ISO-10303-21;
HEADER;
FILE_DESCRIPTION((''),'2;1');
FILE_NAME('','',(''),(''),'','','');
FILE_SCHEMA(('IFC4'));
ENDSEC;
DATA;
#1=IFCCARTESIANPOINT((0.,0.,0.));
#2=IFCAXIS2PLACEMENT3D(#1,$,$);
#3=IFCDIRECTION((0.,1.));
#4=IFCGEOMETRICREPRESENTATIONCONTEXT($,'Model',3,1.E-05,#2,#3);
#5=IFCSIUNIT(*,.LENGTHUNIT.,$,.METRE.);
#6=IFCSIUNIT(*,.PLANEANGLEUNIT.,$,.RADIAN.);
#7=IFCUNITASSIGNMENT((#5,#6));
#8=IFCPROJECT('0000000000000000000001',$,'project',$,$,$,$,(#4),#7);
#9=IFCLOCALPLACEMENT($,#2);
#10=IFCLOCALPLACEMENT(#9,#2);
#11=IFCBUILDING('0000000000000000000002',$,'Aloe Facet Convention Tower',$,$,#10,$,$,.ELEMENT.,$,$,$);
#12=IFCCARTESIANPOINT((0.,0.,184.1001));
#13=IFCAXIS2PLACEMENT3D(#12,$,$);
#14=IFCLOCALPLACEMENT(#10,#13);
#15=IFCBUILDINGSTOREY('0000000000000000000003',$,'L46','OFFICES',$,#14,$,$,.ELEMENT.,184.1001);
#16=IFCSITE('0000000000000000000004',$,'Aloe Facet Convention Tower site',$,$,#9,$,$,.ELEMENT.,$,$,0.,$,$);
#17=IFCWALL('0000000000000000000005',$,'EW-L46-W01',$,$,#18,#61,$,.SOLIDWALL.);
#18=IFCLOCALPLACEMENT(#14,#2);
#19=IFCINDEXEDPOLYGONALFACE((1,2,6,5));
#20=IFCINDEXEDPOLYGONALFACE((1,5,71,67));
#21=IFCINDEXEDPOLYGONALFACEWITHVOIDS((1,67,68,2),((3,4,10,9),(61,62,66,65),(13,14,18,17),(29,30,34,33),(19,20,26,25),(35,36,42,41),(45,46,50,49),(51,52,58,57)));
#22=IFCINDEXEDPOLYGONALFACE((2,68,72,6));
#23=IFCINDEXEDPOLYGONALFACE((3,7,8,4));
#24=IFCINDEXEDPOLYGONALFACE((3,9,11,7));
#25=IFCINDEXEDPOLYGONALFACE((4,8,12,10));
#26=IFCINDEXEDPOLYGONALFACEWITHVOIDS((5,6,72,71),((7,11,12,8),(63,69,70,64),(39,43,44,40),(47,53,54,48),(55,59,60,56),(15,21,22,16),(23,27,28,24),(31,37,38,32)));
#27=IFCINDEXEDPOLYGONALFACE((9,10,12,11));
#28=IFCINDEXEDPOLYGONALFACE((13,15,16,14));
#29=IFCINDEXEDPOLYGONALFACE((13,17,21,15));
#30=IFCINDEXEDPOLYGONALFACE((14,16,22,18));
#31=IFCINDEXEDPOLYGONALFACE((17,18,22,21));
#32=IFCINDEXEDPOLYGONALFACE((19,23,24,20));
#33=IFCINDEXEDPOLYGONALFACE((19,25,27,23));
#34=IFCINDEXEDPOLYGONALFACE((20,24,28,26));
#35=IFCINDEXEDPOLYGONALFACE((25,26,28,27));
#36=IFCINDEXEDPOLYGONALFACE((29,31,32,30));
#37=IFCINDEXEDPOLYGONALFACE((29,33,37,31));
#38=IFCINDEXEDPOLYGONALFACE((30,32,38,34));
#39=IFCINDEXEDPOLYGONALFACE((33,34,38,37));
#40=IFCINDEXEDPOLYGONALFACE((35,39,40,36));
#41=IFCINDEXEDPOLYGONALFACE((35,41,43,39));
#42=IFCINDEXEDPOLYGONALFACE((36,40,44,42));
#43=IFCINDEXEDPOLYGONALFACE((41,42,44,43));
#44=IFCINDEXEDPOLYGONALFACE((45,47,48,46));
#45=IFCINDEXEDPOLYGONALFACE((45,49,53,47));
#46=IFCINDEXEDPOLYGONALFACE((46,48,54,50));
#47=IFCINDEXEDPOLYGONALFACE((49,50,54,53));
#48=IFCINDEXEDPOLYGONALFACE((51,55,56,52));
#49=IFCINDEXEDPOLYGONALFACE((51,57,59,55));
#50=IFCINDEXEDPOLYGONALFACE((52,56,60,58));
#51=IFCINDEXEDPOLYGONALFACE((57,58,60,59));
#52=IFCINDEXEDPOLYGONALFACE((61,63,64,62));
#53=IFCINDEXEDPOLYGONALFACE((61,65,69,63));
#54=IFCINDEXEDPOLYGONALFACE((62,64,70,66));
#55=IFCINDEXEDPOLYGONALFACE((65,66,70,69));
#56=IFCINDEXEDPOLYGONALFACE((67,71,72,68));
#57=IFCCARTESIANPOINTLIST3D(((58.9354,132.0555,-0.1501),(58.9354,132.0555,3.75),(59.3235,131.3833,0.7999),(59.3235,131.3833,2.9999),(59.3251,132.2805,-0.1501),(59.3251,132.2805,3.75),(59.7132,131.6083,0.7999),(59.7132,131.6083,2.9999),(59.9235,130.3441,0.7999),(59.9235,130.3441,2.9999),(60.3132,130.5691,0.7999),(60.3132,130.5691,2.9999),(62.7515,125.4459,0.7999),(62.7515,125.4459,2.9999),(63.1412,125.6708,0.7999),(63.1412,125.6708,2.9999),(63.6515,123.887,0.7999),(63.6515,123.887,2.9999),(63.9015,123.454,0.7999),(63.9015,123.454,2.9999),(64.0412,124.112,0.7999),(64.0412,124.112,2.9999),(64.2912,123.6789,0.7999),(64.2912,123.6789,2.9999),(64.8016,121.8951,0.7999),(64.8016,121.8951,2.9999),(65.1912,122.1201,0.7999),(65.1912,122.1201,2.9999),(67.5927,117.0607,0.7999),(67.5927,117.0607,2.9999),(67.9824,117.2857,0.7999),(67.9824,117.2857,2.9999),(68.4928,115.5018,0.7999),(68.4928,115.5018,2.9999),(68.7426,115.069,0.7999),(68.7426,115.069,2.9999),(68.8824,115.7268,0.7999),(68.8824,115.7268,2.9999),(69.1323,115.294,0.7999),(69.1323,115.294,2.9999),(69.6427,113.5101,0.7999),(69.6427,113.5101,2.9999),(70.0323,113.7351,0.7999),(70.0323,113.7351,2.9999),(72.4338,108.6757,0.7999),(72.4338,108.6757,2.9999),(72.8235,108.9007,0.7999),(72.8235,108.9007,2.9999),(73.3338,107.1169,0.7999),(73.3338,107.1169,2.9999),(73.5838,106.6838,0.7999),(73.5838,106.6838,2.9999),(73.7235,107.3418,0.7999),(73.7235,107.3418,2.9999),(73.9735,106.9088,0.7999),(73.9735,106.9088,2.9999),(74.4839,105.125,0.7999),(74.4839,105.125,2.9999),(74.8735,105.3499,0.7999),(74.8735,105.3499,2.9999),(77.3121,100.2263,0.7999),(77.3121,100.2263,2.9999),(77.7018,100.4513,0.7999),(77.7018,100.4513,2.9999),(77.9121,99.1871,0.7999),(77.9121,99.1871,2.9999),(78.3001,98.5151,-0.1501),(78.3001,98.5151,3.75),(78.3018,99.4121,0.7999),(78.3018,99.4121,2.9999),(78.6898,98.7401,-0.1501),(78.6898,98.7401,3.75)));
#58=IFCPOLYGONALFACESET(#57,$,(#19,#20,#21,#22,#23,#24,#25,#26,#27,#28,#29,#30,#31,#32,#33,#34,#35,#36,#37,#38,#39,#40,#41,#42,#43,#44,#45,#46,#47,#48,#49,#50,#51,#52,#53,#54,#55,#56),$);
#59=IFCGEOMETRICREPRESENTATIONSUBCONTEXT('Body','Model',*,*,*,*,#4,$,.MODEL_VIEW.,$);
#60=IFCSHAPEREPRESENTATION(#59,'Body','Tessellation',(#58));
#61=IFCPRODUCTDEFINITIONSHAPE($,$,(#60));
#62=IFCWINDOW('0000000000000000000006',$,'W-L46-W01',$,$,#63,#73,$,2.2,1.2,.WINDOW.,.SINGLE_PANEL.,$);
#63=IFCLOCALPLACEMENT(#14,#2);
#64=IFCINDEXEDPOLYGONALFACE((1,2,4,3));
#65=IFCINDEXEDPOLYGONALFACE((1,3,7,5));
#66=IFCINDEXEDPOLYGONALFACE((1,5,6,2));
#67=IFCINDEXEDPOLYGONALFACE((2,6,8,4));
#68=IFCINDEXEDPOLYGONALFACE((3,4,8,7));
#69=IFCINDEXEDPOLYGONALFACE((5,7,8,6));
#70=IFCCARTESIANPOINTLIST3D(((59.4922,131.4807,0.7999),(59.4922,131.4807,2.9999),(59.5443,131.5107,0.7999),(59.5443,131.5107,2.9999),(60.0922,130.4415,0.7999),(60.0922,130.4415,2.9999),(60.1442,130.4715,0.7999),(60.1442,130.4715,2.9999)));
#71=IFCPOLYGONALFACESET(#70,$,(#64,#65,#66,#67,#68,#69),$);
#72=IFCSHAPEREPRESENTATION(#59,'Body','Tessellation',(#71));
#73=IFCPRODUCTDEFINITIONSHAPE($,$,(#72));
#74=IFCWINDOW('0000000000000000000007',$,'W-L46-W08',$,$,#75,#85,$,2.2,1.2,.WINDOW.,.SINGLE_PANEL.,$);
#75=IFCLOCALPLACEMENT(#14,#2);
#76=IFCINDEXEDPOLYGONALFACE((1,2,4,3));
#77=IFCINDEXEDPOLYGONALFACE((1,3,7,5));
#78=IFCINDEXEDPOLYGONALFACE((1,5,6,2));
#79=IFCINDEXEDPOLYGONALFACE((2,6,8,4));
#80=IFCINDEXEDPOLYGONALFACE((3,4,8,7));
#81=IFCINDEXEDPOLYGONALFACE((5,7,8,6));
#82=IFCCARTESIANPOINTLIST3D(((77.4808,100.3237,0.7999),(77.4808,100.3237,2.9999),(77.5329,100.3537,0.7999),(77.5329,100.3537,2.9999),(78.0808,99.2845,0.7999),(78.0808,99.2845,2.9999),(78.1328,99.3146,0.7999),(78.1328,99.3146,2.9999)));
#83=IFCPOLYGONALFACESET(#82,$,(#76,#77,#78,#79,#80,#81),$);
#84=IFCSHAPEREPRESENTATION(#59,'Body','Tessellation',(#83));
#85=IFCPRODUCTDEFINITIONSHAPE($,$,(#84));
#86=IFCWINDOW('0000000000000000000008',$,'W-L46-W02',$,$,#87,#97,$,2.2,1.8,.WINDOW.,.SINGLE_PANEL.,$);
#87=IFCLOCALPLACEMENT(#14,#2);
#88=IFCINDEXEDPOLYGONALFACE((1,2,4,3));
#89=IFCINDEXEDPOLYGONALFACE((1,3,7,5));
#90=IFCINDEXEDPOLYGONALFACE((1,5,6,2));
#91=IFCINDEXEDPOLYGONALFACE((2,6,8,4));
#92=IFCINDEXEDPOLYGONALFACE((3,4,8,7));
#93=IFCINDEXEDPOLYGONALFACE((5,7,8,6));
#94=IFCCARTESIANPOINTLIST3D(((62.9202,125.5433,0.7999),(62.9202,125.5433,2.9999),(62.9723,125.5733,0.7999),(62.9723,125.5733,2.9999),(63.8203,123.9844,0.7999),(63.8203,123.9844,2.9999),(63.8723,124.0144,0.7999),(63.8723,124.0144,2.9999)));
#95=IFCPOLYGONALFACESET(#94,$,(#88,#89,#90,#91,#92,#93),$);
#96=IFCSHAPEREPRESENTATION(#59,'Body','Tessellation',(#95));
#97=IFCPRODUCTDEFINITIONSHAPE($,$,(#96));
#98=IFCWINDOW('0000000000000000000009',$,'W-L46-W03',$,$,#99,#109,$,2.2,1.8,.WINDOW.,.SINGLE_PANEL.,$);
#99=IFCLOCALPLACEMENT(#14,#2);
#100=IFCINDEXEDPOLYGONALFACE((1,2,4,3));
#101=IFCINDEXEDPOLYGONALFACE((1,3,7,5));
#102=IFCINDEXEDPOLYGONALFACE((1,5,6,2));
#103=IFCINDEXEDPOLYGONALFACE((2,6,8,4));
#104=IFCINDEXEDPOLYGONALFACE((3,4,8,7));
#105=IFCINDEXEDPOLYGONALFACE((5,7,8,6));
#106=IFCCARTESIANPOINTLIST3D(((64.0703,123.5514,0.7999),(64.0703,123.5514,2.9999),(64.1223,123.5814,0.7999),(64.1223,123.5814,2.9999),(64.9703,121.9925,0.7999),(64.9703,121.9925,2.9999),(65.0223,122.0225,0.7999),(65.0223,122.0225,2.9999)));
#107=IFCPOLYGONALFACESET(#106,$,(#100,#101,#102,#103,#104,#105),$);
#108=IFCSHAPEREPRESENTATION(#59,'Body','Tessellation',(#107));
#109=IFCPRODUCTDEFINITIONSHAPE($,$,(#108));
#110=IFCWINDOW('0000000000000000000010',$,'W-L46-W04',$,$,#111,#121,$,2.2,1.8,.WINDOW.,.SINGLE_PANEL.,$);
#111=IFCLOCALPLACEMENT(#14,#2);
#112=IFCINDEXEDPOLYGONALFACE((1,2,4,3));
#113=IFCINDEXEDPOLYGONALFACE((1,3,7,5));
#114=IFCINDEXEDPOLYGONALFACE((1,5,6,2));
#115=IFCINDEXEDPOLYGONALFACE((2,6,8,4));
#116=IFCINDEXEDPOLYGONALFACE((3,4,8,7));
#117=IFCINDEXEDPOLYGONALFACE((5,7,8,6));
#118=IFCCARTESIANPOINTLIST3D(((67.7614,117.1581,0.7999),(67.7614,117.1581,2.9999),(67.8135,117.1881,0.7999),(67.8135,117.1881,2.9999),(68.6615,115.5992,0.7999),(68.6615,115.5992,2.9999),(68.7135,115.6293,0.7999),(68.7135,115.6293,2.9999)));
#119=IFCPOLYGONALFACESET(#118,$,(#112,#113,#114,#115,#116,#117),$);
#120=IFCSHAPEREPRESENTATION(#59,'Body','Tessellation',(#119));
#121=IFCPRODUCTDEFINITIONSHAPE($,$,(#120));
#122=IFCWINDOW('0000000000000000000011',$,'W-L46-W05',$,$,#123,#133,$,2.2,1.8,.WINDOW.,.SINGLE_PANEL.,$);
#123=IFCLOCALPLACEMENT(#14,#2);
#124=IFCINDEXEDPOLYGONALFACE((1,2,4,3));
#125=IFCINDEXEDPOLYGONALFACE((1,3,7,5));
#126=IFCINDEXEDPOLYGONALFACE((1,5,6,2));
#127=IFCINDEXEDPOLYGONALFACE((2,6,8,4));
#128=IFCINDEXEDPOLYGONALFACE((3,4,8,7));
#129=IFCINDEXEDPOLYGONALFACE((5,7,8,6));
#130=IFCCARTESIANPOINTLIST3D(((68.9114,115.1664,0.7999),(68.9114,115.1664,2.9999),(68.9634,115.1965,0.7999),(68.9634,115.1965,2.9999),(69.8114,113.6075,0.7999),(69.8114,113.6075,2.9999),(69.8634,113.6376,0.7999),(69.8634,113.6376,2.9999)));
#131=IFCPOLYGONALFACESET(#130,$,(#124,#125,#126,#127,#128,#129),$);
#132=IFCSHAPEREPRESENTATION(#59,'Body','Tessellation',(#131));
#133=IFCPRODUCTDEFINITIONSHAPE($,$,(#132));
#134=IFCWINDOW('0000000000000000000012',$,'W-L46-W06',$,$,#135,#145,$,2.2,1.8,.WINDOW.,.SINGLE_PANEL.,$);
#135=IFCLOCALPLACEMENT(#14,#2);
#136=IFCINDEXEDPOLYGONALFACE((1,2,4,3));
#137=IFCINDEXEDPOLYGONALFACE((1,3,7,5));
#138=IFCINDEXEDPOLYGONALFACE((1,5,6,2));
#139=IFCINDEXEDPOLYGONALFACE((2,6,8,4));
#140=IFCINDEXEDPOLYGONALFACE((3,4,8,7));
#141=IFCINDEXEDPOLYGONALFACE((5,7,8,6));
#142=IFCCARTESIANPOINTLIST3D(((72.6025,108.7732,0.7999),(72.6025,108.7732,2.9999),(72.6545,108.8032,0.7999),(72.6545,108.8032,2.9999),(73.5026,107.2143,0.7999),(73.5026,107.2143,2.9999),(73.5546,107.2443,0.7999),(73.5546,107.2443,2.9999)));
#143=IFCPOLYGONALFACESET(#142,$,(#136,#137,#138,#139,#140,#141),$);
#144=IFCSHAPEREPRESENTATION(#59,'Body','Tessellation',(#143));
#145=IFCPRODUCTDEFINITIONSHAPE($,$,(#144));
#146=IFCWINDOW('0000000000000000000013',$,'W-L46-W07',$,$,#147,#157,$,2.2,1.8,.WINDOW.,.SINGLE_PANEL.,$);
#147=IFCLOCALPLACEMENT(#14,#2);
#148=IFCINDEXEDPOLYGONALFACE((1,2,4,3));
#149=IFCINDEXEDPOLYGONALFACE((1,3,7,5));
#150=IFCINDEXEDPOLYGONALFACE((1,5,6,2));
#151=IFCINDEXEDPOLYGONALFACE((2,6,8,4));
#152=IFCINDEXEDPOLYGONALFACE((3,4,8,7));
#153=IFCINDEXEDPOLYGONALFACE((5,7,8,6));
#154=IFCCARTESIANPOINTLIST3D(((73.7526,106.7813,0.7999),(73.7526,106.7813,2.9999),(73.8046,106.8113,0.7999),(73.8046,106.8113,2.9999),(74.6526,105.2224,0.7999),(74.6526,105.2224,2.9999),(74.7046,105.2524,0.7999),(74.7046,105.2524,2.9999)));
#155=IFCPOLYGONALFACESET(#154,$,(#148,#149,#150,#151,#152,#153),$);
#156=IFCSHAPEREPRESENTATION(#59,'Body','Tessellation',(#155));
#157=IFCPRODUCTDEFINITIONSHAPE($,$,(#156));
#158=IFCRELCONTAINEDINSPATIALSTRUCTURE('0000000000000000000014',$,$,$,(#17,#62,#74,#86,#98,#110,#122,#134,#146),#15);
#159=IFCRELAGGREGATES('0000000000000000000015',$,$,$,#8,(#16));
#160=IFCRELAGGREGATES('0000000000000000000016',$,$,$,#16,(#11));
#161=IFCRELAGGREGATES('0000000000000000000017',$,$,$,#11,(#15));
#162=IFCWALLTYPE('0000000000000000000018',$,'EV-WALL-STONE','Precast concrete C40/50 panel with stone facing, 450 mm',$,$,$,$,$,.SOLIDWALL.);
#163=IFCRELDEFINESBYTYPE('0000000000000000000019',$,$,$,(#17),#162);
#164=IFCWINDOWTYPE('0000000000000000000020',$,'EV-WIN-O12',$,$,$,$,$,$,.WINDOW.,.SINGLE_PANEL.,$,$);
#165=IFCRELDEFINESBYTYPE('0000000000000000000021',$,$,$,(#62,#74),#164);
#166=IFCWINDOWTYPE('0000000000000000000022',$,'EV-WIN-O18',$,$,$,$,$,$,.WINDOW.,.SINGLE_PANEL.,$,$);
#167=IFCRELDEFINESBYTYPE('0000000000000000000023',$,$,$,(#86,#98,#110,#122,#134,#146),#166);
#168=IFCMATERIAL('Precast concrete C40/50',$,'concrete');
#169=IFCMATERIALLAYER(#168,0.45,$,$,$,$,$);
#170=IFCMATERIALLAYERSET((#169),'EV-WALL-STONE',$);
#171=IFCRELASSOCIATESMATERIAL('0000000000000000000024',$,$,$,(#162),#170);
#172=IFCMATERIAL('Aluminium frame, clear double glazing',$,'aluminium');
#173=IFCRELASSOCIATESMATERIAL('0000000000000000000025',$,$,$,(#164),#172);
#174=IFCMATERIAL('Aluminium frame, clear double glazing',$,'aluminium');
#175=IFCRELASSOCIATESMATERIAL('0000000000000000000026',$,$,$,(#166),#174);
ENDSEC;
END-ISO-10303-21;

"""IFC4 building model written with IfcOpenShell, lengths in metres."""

from ifc_helpers import new_model, si_unit, direction, frame, frame_2d, origin, place, context, subcontext, project, spatial, polyline, rectangle, outline, extrude, material, layer, layer_set, type_object, element, fill, save


model = new_model("IFC4")

# Units and contexts
model_context = context("Model", 3, precision=1e-05, world=origin(), true_north=direction((0.0, 1.0)))
body_context = subcontext(model_context, "Body", "Model", "MODEL_VIEW")
ifc_project = project(units=[si_unit("LENGTHUNIT", "METRE"), si_unit("PLANEANGLEUNIT", "RADIAN")], contexts=[model_context])

# Site, building, storey
site_placement = place(None, origin())
site = spatial("IfcSite", under=ifc_project, at=site_placement, Name="Aloe Facet Convention Tower site", CompositionType="ELEMENT", RefElevation=0.0)
building_placement = place(site_placement, origin())
building = spatial("IfcBuilding", under=site, at=building_placement, Name="Aloe Facet Convention Tower", CompositionType="ELEMENT")
storey_placement = place(building_placement, frame((0.0, 0.0, 184.1001)))
storey = spatial("IfcBuildingStorey", under=building, at=storey_placement, Name="L46", Description="OFFICES", CompositionType="ELEMENT", Elevation=184.1001)

# Wall, openings, windows
ifc_material_1 = material(Name="Precast concrete C40/50", Category="concrete")
ifc_layer_1 = layer(ifc_material_1, 0.45)
ifc_layer_set_1 = layer_set([ifc_layer_1], Name="EV-WALL-STONE")
wall_type_1 = type_object("IfcWallType", Name="EV-WALL-STONE", Description="Precast concrete C40/50 panel with stone facing, 450 mm", PredefinedType="SOLIDWALL", material=ifc_layer_set_1)
wall_1_placement = place(storey_placement, frame((59.1301, 132.168, -0.1501), z_axis=(0.0, 0.0, 1.0), x_axis=(0.500002, -0.866024, 0.0)))
wall_1 = element("IfcWall", 1, at=wall_1_placement, inside=storey, type_object=wall_type_1, Name="EW-L46-W01", PredefinedType="SOLIDWALL", context=body_context, shape_type="SweptSolid", body=[
    extrude(outline(polyline([(38.7292, 0.0), (38.7292, 3.9001), (0.0, 3.9001), (0.0, 0.0), (38.7292, 0.0)])), frame((0.0, 0.2251, 0.0), z_axis=(0.0, -1.0, 0.0), x_axis=(1.0, 0.0, 0.0)), (0.0, 0.0, 1.0), 0.45),
])
opening_1_placement = place(wall_1_placement, frame((0.7761, 0.0, 0.95)))
opening_1 = element("IfcOpeningElement", 2, at=opening_1_placement, cuts=wall_1, PredefinedType="OPENING", context=body_context, shape_type="SweptSolid", body=[
    extrude(rectangle(XDim=1.2, YDim=2.2, at=frame_2d((0.6001, 1.1001))), frame((0.0, 0.2349, 0.0), z_axis=(0.0, -1.0, 0.0), x_axis=(1.0, 0.0, 0.0)), (0.0, 0.0, 1.0), 0.47),
])
opening_2_placement = place(wall_1_placement, frame((7.6323, 0.0, 0.95)))
opening_2 = element("IfcOpeningElement", 3, at=opening_2_placement, cuts=wall_1, PredefinedType="OPENING", context=body_context, shape_type="SweptSolid", body=[
    extrude(rectangle(XDim=1.8, YDim=2.2, at=frame_2d((0.8999, 1.1001))), frame((0.0, 0.2349, 0.0), z_axis=(0.0, -1.0, 0.0), x_axis=(1.0, 0.0, 0.0)), (0.0, 0.0, 1.0), 0.47),
])
opening_3_placement = place(wall_1_placement, frame((9.9324, 0.0, 0.95)))
opening_3 = element("IfcOpeningElement", 4, at=opening_3_placement, cuts=wall_1, PredefinedType="OPENING", context=body_context, shape_type="SweptSolid", body=[
    extrude(rectangle(XDim=1.8, YDim=2.2, at=frame_2d((0.8999, 1.1001))), frame((0.0, 0.2349, 0.0), z_axis=(0.0, -1.0, 0.0), x_axis=(1.0, 0.0, 0.0)), (0.0, 0.0, 1.0), 0.47),
])
opening_4_placement = place(wall_1_placement, frame((17.3147, 0.0, 0.95)))
opening_4 = element("IfcOpeningElement", 5, at=opening_4_placement, cuts=wall_1, PredefinedType="OPENING", context=body_context, shape_type="SweptSolid", body=[
    extrude(rectangle(XDim=1.8, YDim=2.2, at=frame_2d((0.8999, 1.1001))), frame((0.0, 0.2349, 0.0), z_axis=(0.0, -1.0, 0.0), x_axis=(1.0, 0.0, 0.0)), (0.0, 0.0, 1.0), 0.47),
])
opening_5_placement = place(wall_1_placement, frame((19.6145, 0.0, 0.95)))
opening_5 = element("IfcOpeningElement", 6, at=opening_5_placement, cuts=wall_1, PredefinedType="OPENING", context=body_context, shape_type="SweptSolid", body=[
    extrude(rectangle(XDim=1.8, YDim=2.2, at=frame_2d((0.8999, 1.1001))), frame((0.0, 0.2349, 0.0), z_axis=(0.0, -1.0, 0.0), x_axis=(1.0, 0.0, 0.0)), (0.0, 0.0, 1.0), 0.47),
])
opening_6_placement = place(wall_1_placement, frame((26.9968, 0.0, 0.95)))
opening_6 = element("IfcOpeningElement", 7, at=opening_6_placement, cuts=wall_1, PredefinedType="OPENING", context=body_context, shape_type="SweptSolid", body=[
    extrude(rectangle(XDim=1.8, YDim=2.2, at=frame_2d((0.8999, 1.1001))), frame((0.0, 0.2349, 0.0), z_axis=(0.0, -1.0, 0.0), x_axis=(1.0, 0.0, 0.0)), (0.0, 0.0, 1.0), 0.47),
])
opening_7_placement = place(wall_1_placement, frame((29.2969, 0.0, 0.95)))
opening_7 = element("IfcOpeningElement", 8, at=opening_7_placement, cuts=wall_1, PredefinedType="OPENING", context=body_context, shape_type="SweptSolid", body=[
    extrude(rectangle(XDim=1.8, YDim=2.2, at=frame_2d((0.8999, 1.1001))), frame((0.0, 0.2349, 0.0), z_axis=(0.0, -1.0, 0.0), x_axis=(1.0, 0.0, 0.0)), (0.0, 0.0, 1.0), 0.47),
])
opening_8_placement = place(wall_1_placement, frame((36.7532, 0.0, 0.95)))
opening_8 = element("IfcOpeningElement", 9, at=opening_8_placement, cuts=wall_1, PredefinedType="OPENING", context=body_context, shape_type="SweptSolid", body=[
    extrude(rectangle(XDim=1.2, YDim=2.2, at=frame_2d((0.6001, 1.1001))), frame((0.0, 0.2349, 0.0), z_axis=(0.0, -1.0, 0.0), x_axis=(1.0, 0.0, 0.0)), (0.0, 0.0, 1.0), 0.47),
])
ifc_material_2 = material(Name="Aluminium frame, clear double glazing", Category="aluminium")
window_type_1 = type_object("IfcWindowType", Name="EV-WIN-O12", PartitioningType="SINGLE_PANEL", PredefinedType="WINDOW", material=ifc_material_2)
window_1_placement = place(opening_1_placement, origin())
window_1 = element("IfcWindow", 10, at=window_1_placement, inside=storey, type_object=window_type_1, Name="W-L46-W01", OverallHeight=2.2, OverallWidth=1.2, PartitioningType="SINGLE_PANEL", PredefinedType="WINDOW", context=body_context, shape_type="SweptSolid", body=[
    extrude(rectangle(XDim=1.2, YDim=2.2, at=frame_2d((0.6001, 1.1001))), frame((0.0, 0.03, 0.0), z_axis=(0.0, -1.0, 0.0), x_axis=(1.0, 0.0, 0.0)), (0.0, 0.0, 1.0), 0.0601),
])
fill(opening_1, window_1)
window_2_placement = place(opening_8_placement, origin())
window_2 = element("IfcWindow", 11, at=window_2_placement, inside=storey, type_object=window_type_1, Name="W-L46-W08", OverallHeight=2.2, OverallWidth=1.2, PartitioningType="SINGLE_PANEL", PredefinedType="WINDOW", context=body_context, shape_type="SweptSolid", body=[
    extrude(rectangle(XDim=1.2, YDim=2.2, at=frame_2d((0.6001, 1.1001))), frame((0.0, 0.03, 0.0), z_axis=(0.0, -1.0, 0.0), x_axis=(1.0, 0.0, 0.0)), (0.0, 0.0, 1.0), 0.0601),
])
fill(opening_8, window_2)
ifc_material_3 = material(Name="Aluminium frame, clear double glazing", Category="aluminium")
window_type_2 = type_object("IfcWindowType", Name="EV-WIN-O18", PartitioningType="SINGLE_PANEL", PredefinedType="WINDOW", material=ifc_material_3)
window_3_placement = place(opening_2_placement, origin())
window_3 = element("IfcWindow", 12, at=window_3_placement, inside=storey, type_object=window_type_2, Name="W-L46-W02", OverallHeight=2.2, OverallWidth=1.8, PartitioningType="SINGLE_PANEL", PredefinedType="WINDOW", context=body_context, shape_type="SweptSolid", body=[
    extrude(rectangle(XDim=1.8, YDim=2.2, at=frame_2d((0.8999, 1.1001))), frame((0.0, 0.03, 0.0), z_axis=(0.0, -1.0, 0.0), x_axis=(1.0, 0.0, 0.0)), (0.0, 0.0, 1.0), 0.0601),
])
fill(opening_2, window_3)
window_4_placement = place(opening_3_placement, origin())
window_4 = element("IfcWindow", 13, at=window_4_placement, inside=storey, type_object=window_type_2, Name="W-L46-W03", OverallHeight=2.2, OverallWidth=1.8, PartitioningType="SINGLE_PANEL", PredefinedType="WINDOW", context=body_context, shape_type="SweptSolid", body=[
    extrude(rectangle(XDim=1.8, YDim=2.2, at=frame_2d((0.8999, 1.1001))), frame((0.0, 0.03, 0.0), z_axis=(0.0, -1.0, 0.0), x_axis=(1.0, 0.0, 0.0)), (0.0, 0.0, 1.0), 0.0601),
])
fill(opening_3, window_4)
window_5_placement = place(opening_4_placement, origin())
window_5 = element("IfcWindow", 14, at=window_5_placement, inside=storey, type_object=window_type_2, Name="W-L46-W04", OverallHeight=2.2, OverallWidth=1.8, PartitioningType="SINGLE_PANEL", PredefinedType="WINDOW", context=body_context, shape_type="SweptSolid", body=[
    extrude(rectangle(XDim=1.8, YDim=2.2, at=frame_2d((0.8999, 1.1001))), frame((0.0, 0.03, 0.0), z_axis=(0.0, -1.0, 0.0), x_axis=(1.0, 0.0, 0.0)), (0.0, 0.0, 1.0), 0.0601),
])
fill(opening_4, window_5)
window_6_placement = place(opening_5_placement, origin())
window_6 = element("IfcWindow", 15, at=window_6_placement, inside=storey, type_object=window_type_2, Name="W-L46-W05", OverallHeight=2.2, OverallWidth=1.8, PartitioningType="SINGLE_PANEL", PredefinedType="WINDOW", context=body_context, shape_type="SweptSolid", body=[
    extrude(rectangle(XDim=1.8, YDim=2.2, at=frame_2d((0.8999, 1.1001))), frame((0.0, 0.03, 0.0), z_axis=(0.0, -1.0, 0.0), x_axis=(1.0, 0.0, 0.0)), (0.0, 0.0, 1.0), 0.0601),
])
fill(opening_5, window_6)
window_7_placement = place(opening_6_placement, origin())
window_7 = element("IfcWindow", 16, at=window_7_placement, inside=storey, type_object=window_type_2, Name="W-L46-W06", OverallHeight=2.2, OverallWidth=1.8, PartitioningType="SINGLE_PANEL", PredefinedType="WINDOW", context=body_context, shape_type="SweptSolid", body=[
    extrude(rectangle(XDim=1.8, YDim=2.2, at=frame_2d((0.8999, 1.1001))), frame((0.0, 0.03, 0.0), z_axis=(0.0, -1.0, 0.0), x_axis=(1.0, 0.0, 0.0)), (0.0, 0.0, 1.0), 0.0601),
])
fill(opening_6, window_7)
window_8_placement = place(opening_7_placement, origin())
window_8 = element("IfcWindow", 17, at=window_8_placement, inside=storey, type_object=window_type_2, Name="W-L46-W07", OverallHeight=2.2, OverallWidth=1.8, PartitioningType="SINGLE_PANEL", PredefinedType="WINDOW", context=body_context, shape_type="SweptSolid", body=[
    extrude(rectangle(XDim=1.8, YDim=2.2, at=frame_2d((0.8999, 1.1001))), frame((0.0, 0.03, 0.0), z_axis=(0.0, -1.0, 0.0), x_axis=(1.0, 0.0, 0.0)), (0.0, 0.0, 1.0), 0.0601),
])
fill(opening_7, window_8)

save(model, "model.ifc")
